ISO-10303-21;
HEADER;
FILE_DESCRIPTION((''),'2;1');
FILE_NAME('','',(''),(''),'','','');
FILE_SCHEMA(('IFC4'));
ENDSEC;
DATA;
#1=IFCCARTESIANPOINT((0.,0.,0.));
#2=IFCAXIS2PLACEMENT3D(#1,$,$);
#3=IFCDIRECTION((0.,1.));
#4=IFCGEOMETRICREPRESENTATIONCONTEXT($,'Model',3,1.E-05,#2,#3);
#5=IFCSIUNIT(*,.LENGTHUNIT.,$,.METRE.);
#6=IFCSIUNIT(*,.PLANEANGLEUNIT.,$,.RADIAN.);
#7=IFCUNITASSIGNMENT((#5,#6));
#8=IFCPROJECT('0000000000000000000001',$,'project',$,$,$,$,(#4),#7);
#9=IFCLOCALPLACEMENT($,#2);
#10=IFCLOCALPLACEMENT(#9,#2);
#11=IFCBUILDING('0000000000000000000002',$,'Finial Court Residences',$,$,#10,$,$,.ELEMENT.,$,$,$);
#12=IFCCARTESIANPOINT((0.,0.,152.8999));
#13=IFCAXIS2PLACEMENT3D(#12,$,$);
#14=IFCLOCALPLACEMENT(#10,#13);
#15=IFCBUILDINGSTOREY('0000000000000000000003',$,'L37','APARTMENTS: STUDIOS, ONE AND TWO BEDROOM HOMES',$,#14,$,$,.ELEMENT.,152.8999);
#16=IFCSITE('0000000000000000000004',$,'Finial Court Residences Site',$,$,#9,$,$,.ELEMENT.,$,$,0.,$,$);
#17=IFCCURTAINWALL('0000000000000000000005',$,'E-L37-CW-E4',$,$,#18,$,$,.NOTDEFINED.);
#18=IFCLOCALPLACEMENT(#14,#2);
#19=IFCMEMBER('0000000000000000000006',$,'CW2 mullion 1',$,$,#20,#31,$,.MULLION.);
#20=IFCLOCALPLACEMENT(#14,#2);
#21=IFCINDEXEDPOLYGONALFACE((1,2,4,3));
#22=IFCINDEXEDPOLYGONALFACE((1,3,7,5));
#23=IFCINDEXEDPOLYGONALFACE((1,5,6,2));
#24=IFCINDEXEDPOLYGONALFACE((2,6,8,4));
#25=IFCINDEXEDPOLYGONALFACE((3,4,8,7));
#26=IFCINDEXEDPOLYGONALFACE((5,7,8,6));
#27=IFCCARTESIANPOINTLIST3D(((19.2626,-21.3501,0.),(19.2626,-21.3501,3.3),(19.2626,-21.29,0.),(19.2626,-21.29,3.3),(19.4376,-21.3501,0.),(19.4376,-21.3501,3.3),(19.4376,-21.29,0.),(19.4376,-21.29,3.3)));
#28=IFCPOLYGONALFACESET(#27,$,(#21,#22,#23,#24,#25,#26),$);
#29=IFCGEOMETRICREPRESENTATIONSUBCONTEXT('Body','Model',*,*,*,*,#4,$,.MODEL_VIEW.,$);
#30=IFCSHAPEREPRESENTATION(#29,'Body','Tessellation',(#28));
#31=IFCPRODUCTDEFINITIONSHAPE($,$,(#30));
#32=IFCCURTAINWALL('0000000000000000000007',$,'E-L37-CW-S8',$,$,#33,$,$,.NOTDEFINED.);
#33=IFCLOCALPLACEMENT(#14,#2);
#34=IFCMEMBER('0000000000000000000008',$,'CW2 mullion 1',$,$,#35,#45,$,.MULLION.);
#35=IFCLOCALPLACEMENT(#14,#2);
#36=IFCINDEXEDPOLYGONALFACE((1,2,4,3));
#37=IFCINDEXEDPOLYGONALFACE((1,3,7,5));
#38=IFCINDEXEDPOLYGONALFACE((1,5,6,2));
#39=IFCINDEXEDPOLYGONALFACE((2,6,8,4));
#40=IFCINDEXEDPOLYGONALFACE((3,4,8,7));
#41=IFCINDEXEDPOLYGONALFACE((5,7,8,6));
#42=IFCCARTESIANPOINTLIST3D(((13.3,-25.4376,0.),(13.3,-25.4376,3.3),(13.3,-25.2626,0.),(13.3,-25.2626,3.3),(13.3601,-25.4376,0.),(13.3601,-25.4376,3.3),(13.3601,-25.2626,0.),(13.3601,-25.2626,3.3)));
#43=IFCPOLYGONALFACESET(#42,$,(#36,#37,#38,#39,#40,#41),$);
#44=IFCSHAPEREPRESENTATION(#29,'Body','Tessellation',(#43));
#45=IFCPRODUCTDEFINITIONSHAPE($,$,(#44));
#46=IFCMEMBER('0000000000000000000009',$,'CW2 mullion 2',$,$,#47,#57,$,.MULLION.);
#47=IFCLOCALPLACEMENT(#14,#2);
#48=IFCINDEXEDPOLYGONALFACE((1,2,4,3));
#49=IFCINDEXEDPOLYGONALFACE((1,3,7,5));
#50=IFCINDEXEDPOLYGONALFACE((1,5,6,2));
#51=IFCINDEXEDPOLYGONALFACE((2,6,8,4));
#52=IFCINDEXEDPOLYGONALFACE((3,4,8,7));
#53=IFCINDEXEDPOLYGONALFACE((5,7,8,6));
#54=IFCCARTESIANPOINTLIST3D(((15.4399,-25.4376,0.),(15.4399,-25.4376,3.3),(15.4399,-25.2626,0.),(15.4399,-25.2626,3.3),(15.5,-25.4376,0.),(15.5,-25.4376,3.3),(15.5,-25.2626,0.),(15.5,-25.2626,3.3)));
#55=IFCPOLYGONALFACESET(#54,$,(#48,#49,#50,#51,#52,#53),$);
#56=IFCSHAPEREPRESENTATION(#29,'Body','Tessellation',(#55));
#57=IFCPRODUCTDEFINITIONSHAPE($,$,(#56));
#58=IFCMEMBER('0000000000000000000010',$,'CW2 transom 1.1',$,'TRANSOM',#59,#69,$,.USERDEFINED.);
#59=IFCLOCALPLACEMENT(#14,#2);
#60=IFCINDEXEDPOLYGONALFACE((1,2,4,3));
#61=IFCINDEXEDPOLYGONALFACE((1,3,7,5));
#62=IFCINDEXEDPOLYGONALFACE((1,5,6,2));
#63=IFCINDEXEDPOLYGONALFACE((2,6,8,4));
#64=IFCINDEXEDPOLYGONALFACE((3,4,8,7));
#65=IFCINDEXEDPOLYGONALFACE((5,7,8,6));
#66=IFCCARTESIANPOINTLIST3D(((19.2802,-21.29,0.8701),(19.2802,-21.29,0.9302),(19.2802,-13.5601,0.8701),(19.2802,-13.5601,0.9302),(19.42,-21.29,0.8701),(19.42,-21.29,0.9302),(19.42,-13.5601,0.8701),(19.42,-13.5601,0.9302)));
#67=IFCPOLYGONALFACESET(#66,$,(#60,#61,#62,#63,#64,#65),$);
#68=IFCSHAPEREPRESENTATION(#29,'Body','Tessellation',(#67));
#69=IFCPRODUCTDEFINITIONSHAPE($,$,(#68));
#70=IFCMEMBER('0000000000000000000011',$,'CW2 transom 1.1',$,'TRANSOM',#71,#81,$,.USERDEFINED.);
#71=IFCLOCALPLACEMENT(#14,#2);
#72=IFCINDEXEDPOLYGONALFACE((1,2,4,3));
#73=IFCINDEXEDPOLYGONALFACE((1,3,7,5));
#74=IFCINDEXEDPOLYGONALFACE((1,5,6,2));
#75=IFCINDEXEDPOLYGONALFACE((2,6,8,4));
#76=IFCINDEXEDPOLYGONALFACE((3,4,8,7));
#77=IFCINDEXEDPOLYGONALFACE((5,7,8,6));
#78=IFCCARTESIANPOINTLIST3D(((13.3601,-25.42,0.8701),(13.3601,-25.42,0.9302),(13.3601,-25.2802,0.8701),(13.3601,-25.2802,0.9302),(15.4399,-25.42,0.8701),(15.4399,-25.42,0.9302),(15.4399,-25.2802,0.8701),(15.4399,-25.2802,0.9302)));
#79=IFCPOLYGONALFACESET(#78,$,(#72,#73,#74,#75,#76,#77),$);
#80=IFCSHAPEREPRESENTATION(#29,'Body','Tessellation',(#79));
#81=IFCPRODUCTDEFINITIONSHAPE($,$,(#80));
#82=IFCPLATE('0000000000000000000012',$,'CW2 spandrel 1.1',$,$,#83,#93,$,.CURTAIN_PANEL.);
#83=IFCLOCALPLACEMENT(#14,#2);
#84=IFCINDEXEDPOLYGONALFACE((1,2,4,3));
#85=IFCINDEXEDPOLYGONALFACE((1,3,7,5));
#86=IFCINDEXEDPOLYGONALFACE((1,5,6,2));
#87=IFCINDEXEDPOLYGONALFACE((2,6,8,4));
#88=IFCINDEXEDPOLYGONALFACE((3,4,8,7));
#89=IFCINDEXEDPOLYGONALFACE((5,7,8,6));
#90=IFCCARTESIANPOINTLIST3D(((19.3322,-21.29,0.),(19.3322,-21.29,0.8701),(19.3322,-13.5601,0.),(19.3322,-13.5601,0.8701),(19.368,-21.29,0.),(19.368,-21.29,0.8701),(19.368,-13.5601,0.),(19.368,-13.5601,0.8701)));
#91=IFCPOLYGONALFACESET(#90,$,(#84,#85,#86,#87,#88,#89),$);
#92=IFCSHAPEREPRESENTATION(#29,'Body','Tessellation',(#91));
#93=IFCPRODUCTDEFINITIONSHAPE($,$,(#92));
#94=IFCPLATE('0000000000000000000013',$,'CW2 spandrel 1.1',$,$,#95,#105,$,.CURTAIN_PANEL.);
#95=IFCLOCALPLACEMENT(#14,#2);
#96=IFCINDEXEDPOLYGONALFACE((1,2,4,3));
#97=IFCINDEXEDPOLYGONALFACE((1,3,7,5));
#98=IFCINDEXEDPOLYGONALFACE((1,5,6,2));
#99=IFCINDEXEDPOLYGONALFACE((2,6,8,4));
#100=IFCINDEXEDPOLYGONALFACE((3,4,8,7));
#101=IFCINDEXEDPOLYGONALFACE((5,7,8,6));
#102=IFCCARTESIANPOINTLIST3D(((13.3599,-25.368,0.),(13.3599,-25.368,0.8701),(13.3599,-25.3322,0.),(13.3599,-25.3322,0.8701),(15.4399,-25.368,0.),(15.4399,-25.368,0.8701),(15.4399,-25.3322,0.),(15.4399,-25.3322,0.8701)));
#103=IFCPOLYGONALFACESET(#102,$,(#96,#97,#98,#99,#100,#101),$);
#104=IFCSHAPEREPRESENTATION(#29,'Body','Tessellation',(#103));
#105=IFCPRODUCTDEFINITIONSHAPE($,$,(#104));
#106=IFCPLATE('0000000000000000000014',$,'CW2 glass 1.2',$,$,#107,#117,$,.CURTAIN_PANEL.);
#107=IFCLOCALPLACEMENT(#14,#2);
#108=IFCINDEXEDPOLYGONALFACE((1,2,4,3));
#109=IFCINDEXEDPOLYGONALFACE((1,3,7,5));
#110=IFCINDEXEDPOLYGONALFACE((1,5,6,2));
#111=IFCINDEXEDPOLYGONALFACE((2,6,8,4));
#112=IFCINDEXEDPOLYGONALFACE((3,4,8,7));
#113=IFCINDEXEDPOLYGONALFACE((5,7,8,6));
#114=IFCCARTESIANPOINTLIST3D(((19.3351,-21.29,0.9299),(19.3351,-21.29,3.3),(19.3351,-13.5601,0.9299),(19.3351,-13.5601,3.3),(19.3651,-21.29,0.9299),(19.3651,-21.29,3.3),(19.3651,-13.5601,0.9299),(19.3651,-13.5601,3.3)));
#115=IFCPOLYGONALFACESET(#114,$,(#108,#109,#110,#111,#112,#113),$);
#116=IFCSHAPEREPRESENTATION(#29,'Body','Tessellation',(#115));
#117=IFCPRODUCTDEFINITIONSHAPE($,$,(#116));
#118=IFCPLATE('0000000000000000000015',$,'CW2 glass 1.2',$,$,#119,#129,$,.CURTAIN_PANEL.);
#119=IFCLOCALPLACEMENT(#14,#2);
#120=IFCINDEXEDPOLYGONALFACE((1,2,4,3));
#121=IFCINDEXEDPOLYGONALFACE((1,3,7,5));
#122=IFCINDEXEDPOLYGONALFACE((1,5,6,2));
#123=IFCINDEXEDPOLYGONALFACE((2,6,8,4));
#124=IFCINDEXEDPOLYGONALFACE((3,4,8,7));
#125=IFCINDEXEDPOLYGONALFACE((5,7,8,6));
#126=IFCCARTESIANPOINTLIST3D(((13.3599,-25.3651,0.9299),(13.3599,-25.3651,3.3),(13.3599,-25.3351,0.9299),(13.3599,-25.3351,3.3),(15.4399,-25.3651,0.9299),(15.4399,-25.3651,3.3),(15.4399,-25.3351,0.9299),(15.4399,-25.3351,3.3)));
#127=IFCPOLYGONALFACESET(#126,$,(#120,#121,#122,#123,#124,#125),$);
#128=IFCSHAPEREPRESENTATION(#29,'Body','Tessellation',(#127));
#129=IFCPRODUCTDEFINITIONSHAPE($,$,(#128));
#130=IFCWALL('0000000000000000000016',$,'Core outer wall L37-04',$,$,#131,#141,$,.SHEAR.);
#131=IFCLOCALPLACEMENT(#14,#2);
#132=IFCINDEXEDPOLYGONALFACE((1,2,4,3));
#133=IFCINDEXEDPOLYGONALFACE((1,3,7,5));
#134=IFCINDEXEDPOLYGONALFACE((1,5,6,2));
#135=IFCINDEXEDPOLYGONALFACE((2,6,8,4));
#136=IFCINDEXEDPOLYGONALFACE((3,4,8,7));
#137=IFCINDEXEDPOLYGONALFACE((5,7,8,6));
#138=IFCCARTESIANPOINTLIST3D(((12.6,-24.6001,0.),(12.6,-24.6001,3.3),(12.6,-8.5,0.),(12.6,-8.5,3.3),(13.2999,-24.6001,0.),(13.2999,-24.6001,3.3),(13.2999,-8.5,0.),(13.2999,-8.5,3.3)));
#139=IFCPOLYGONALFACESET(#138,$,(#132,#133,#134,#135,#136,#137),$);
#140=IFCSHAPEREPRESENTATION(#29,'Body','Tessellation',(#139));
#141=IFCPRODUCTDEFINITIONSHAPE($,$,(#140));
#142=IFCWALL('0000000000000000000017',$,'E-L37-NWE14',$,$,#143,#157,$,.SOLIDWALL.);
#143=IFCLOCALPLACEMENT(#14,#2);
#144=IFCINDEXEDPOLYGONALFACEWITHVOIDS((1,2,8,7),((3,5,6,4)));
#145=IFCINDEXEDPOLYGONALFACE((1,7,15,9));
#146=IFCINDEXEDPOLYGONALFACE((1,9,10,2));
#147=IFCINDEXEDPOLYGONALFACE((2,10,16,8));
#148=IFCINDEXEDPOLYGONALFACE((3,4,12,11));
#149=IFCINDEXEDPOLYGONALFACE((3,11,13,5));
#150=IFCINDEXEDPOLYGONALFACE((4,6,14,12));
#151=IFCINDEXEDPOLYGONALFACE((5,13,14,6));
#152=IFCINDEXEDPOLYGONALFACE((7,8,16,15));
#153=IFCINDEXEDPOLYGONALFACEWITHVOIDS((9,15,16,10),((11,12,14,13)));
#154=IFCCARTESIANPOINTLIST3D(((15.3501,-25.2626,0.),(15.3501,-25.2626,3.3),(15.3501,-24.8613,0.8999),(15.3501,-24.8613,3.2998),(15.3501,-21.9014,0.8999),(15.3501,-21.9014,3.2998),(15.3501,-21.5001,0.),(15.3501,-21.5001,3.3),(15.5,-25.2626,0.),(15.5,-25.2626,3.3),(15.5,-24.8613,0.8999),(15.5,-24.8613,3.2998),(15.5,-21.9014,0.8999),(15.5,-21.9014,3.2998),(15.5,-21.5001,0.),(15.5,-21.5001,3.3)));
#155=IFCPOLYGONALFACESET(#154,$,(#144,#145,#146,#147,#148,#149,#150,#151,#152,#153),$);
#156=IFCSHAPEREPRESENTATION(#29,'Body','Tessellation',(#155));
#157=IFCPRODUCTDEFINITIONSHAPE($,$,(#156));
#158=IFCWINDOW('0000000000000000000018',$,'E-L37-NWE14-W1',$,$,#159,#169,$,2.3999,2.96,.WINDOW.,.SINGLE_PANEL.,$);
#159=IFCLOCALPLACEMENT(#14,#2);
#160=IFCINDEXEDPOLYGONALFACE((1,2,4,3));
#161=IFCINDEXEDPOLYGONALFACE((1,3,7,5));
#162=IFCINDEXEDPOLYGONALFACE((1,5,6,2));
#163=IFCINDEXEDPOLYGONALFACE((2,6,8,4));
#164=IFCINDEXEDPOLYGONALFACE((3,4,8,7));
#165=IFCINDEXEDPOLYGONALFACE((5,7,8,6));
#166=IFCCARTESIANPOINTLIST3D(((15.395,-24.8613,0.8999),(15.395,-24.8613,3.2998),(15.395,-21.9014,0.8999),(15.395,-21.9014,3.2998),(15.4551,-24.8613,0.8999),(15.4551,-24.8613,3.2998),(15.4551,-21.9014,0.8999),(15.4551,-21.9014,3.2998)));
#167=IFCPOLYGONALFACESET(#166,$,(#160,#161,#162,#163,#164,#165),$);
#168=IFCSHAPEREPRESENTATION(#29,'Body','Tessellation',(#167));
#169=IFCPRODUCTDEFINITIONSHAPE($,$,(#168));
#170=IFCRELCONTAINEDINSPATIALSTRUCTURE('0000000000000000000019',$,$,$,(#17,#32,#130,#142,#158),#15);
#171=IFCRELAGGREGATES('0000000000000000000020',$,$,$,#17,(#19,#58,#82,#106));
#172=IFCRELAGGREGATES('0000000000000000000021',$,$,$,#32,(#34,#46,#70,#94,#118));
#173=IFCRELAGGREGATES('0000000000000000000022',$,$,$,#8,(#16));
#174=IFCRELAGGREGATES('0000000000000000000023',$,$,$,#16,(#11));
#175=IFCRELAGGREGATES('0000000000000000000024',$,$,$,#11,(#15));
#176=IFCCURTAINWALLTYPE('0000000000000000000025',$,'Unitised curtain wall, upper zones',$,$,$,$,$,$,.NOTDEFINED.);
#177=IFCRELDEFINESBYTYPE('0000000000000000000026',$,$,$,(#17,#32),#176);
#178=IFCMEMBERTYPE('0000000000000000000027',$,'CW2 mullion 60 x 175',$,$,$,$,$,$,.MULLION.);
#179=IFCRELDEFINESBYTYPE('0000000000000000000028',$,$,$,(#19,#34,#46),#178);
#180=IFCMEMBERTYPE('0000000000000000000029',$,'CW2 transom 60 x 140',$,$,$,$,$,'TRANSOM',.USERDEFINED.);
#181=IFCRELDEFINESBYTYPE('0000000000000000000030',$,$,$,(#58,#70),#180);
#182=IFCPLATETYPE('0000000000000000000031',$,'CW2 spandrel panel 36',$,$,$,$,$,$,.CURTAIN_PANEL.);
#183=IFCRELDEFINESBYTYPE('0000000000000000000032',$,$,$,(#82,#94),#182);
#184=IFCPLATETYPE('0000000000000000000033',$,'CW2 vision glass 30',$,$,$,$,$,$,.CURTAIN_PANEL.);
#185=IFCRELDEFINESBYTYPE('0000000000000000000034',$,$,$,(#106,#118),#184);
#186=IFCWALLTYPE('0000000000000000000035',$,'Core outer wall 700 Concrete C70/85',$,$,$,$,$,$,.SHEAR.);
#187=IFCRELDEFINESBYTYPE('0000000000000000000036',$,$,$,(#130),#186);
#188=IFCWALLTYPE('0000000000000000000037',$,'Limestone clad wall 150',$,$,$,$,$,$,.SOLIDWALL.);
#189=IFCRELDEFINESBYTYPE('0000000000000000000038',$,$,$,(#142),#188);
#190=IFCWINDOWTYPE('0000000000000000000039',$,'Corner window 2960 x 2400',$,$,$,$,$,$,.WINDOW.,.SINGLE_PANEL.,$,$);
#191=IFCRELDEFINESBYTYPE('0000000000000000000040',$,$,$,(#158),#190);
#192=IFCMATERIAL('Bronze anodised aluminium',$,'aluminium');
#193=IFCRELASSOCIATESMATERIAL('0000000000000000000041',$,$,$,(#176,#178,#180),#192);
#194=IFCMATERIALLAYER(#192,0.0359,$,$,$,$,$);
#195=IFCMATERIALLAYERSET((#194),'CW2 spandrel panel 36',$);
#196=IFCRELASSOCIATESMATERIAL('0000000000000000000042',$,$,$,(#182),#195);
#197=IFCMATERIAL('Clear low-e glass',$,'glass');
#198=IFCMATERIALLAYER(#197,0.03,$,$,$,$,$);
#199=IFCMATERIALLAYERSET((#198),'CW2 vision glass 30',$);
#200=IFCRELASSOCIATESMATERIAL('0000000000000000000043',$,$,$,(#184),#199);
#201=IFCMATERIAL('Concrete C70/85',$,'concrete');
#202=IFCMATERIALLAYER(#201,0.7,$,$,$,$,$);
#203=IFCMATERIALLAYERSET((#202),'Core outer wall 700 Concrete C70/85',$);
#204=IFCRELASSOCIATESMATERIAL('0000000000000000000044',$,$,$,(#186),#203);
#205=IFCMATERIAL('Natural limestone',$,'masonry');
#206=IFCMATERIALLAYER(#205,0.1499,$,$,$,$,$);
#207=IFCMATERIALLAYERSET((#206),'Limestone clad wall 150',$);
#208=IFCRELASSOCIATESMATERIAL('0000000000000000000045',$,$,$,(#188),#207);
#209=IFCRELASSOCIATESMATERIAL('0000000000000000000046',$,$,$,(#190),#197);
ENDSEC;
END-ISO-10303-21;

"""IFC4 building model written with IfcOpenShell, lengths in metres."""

from ifc_helpers import new_model, si_unit, direction, frame, frame_2d, origin, origin_2d, place, context, subcontext, project, spatial, rectangle, extrude, material, layer, layer_set, material_profile, profile_set, type_object, element, fill, aggregate, save


model = new_model("IFC4")

# Units and contexts
model_context = context("Model", 3, precision=1e-05, world=origin(), true_north=direction((0.0, 1.0)))
body_context = subcontext(model_context, "Body", "Model", "MODEL_VIEW")
ifc_project = project(units=[si_unit("LENGTHUNIT", "METRE"), si_unit("PLANEANGLEUNIT", "RADIAN")], contexts=[model_context])

# Site, building, storey
site_placement = place(None, origin())
site = spatial("IfcSite", under=ifc_project, at=site_placement, Name="Finial Court Residences Site", CompositionType="ELEMENT", RefElevation=0.0)
building_placement = place(site_placement, origin())
building = spatial("IfcBuilding", under=site, at=building_placement, Name="Finial Court Residences", CompositionType="ELEMENT")
storey_placement = place(building_placement, frame((0.0, 0.0, 152.8999)))
storey = spatial("IfcBuildingStorey", under=building, at=storey_placement, Name="L37", Description="APARTMENTS: STUDIOS, ONE AND TWO BEDROOM HOMES", CompositionType="ELEMENT", Elevation=152.8999)

# Curtain wall, member
ifc_material_1 = material(Name="Bronze anodised aluminium", Category="aluminium")
curtain_wall_type = type_object("IfcCurtainWallType", Name="Unitised curtain wall, upper zones", PredefinedType="NOTDEFINED", material=ifc_material_1)
curtain_wall_1_placement = place(storey_placement, origin())
curtain_wall_1 = element("IfcCurtainWall", 1, at=curtain_wall_1_placement, inside=storey, type_object=curtain_wall_type, Name="E-L37-CW-E4", PredefinedType="NOTDEFINED")
ifc_material_profile_1 = material_profile(ifc_material_1, rectangle(XDim=0.175, YDim=0.0601, at=origin_2d()), Name="CW2 mullion 60 x 175")
ifc_profile_set_1 = profile_set([ifc_material_profile_1], Name="Bronze anodised aluminium")
member_type_1 = type_object("IfcMemberType", Name="CW2 mullion 60 x 175", PredefinedType="MULLION", material=ifc_profile_set_1)
member_1_placement = place(storey_placement, frame((19.3501, -21.3201, 0.0), z_axis=(0.0, 0.0, 1.0), x_axis=(-1.0, 0.0, 0.0)))
member_1 = element("IfcMember", 2, at=member_1_placement, type_object=member_type_1, Name="CW2 mullion 1", PredefinedType="MULLION", context=body_context, shape_type="SweptSolid", body=[
    extrude(rectangle(XDim=0.175, YDim=0.0601, at=origin_2d()), origin(), (0.0, 0.0, 1.0), 3.3),
])

# Curtain wall, members
curtain_wall_2_placement = place(storey_placement, origin())
curtain_wall_2 = element("IfcCurtainWall", 3, at=curtain_wall_2_placement, inside=storey, type_object=curtain_wall_type, Name="E-L37-CW-S8", PredefinedType="NOTDEFINED")
member_2_placement = place(storey_placement, frame((13.3301, -25.3501, 0.0), z_axis=(0.0, 0.0, 1.0), x_axis=(0.0, 1.0, 0.0)))
member_2 = element("IfcMember", 4, at=member_2_placement, type_object=member_type_1, Name="CW2 mullion 1", PredefinedType="MULLION", context=body_context, shape_type="SweptSolid", body=[
    extrude(rectangle(XDim=0.175, YDim=0.0601, at=origin_2d()), origin(), (0.0, 0.0, 1.0), 3.3),
])
member_3_placement = place(storey_placement, frame((15.47, -25.3501, 0.0), z_axis=(0.0, 0.0, 1.0), x_axis=(0.0, 1.0, 0.0)))
member_3 = element("IfcMember", 5, at=member_3_placement, type_object=member_type_1, Name="CW2 mullion 2", PredefinedType="MULLION", context=body_context, shape_type="SweptSolid", body=[
    extrude(rectangle(XDim=0.175, YDim=0.0601, at=origin_2d()), origin(), (0.0, 0.0, 1.0), 3.3),
])

# Members
ifc_material_profile_2 = material_profile(ifc_material_1, rectangle(XDim=0.1399, YDim=0.0601, at=origin_2d()), Name="CW2 transom 60 x 140")
ifc_profile_set_2 = profile_set([ifc_material_profile_2], Name="Bronze anodised aluminium")
member_type_2 = type_object("IfcMemberType", Name="CW2 transom 60 x 140", ElementType="TRANSOM", PredefinedType="USERDEFINED", material=ifc_profile_set_2)
member_4_placement = place(storey_placement, frame((19.3501, -21.29, 0.9001), z_axis=(0.0, 1.0, 0.0), x_axis=(-1.0, 0.0, 0.0)))
member_4 = element("IfcMember", 6, at=member_4_placement, type_object=member_type_2, Name="CW2 transom 1.1", ObjectType="TRANSOM", PredefinedType="USERDEFINED", context=body_context, shape_type="SweptSolid", body=[
    extrude(rectangle(XDim=0.1399, YDim=0.0601, at=origin_2d()), origin(), (0.0, 0.0, 1.0), 7.73),
])
member_5_placement = place(storey_placement, frame((13.3601, -25.3501, 0.9001), z_axis=(1.0, 0.0, 0.0), x_axis=(0.0, 1.0, 0.0)))
member_5 = element("IfcMember", 7, at=member_5_placement, type_object=member_type_2, Name="CW2 transom 1.1", ObjectType="TRANSOM", PredefinedType="USERDEFINED", context=body_context, shape_type="SweptSolid", body=[
    extrude(rectangle(XDim=0.1399, YDim=0.0601, at=origin_2d()), origin(), (0.0, 0.0, 1.0), 2.0798),
])

# Plates
ifc_layer_1 = layer(ifc_material_1, 0.0359)
ifc_layer_set_1 = layer_set([ifc_layer_1], Name="CW2 spandrel panel 36")
plate_type_1 = type_object("IfcPlateType", Name="CW2 spandrel panel 36", PredefinedType="CURTAIN_PANEL", material=ifc_layer_set_1)
plate_1_placement = place(storey_placement, frame((19.3501, -17.425, 0.0), z_axis=(0.0, 0.0, 1.0), x_axis=(0.0, 1.0, 0.0)))
plate_1 = element("IfcPlate", 8, at=plate_1_placement, type_object=plate_type_1, Name="CW2 spandrel 1.1", PredefinedType="CURTAIN_PANEL", context=body_context, shape_type="SweptSolid", body=[
    extrude(rectangle(XDim=7.73, YDim=0.0359, at=origin_2d()), origin(), (0.0, 0.0, 1.0), 0.8701),
])
plate_2_placement = place(storey_placement, frame((14.3999, -25.3501, 0.0), z_axis=(0.0, 0.0, 1.0), x_axis=(1.0, 0.0, 0.0)))
plate_2 = element("IfcPlate", 9, at=plate_2_placement, type_object=plate_type_1, Name="CW2 spandrel 1.1", PredefinedType="CURTAIN_PANEL", context=body_context, shape_type="SweptSolid", body=[
    extrude(rectangle(XDim=2.0801, YDim=0.0359, at=origin_2d()), origin(), (0.0, 0.0, 1.0), 0.8701),
])
ifc_material_2 = material(Name="Clear low-e glass", Category="glass")
ifc_layer_2 = layer(ifc_material_2, 0.03)
ifc_layer_set_2 = layer_set([ifc_layer_2], Name="CW2 vision glass 30")
plate_type_2 = type_object("IfcPlateType", Name="CW2 vision glass 30", PredefinedType="CURTAIN_PANEL", material=ifc_layer_set_2)
plate_3_placement = place(storey_placement, frame((19.3501, -17.425, 0.9299), z_axis=(0.0, 0.0, 1.0), x_axis=(0.0, 1.0, 0.0)))
plate_3 = element("IfcPlate", 10, at=plate_3_placement, type_object=plate_type_2, Name="CW2 glass 1.2", PredefinedType="CURTAIN_PANEL", context=body_context, shape_type="SweptSolid", body=[
    extrude(rectangle(XDim=7.73, YDim=0.03, at=origin_2d()), origin(), (0.0, 0.0, 1.0), 2.3701),
])
aggregate(curtain_wall_1, [member_1, member_4, plate_1, plate_3])
plate_4_placement = place(storey_placement, frame((14.3999, -25.3501, 0.9299), z_axis=(0.0, 0.0, 1.0), x_axis=(1.0, 0.0, 0.0)))
plate_4 = element("IfcPlate", 11, at=plate_4_placement, type_object=plate_type_2, Name="CW2 glass 1.2", PredefinedType="CURTAIN_PANEL", context=body_context, shape_type="SweptSolid", body=[
    extrude(rectangle(XDim=2.0801, YDim=0.03, at=origin_2d()), origin(), (0.0, 0.0, 1.0), 2.3701),
])
aggregate(curtain_wall_2, [member_2, member_3, member_5, plate_2, plate_4])

# Wall
ifc_material_3 = material(Name="Concrete C70/85", Category="concrete")
ifc_layer_3 = layer(ifc_material_3, 0.7)
ifc_layer_set_3 = layer_set([ifc_layer_3], Name="Core outer wall 700 Concrete C70/85")
wall_type_1 = type_object("IfcWallType", Name="Core outer wall 700 Concrete C70/85", PredefinedType="SHEAR", material=ifc_layer_set_3)
wall_1_placement = place(storey_placement, frame((12.95, -24.6001, 0.0), z_axis=(0.0, 0.0, 1.0), x_axis=(0.0, 1.0, 0.0)))
element("IfcWall", 12, at=wall_1_placement, inside=storey, type_object=wall_type_1, Name="Core outer wall L37-04", PredefinedType="SHEAR", context=body_context, shape_type="SweptSolid", body=[
    extrude(rectangle(XDim=16.1001, YDim=0.7, at=frame_2d((8.05, 0.0))), origin(), (0.0, 0.0, 1.0), 3.3),
])

# Wall, opening, window
ifc_material_4 = material(Name="Natural limestone", Category="masonry")
ifc_layer_4 = layer(ifc_material_4, 0.1499)
ifc_layer_set_4 = layer_set([ifc_layer_4], Name="Limestone clad wall 150")
wall_type_2 = type_object("IfcWallType", Name="Limestone clad wall 150", PredefinedType="SOLIDWALL", material=ifc_layer_set_4)
wall_2_placement = place(storey_placement, frame((15.425, -21.5, 0.0), z_axis=(0.0, 0.0, 1.0), x_axis=(0.0, -1.0, 0.0)))
wall_2 = element("IfcWall", 13, at=wall_2_placement, inside=storey, type_object=wall_type_2, Name="E-L37-NWE14", PredefinedType="SOLIDWALL", context=body_context, shape_type="SweptSolid", body=[
    extrude(rectangle(XDim=3.7625, YDim=0.1499, at=frame_2d((1.8813, 0.0))), origin(), (0.0, 0.0, 1.0), 3.3),
])
opening_1_placement = place(wall_2_placement, frame((0.4014, 0.0, 0.8999)))
opening_1 = element("IfcOpeningElement", 14, at=opening_1_placement, cuts=wall_2, PredefinedType="OPENING", context=body_context, shape_type="SweptSolid", body=[
    extrude(rectangle(XDim=2.96, YDim=2.3999, at=frame_2d((1.48, 1.2))), frame((0.0, 0.085, 0.0), z_axis=(0.0, -1.0, 0.0), x_axis=(1.0, 0.0, 0.0)), (0.0, 0.0, 1.0), 0.1699),
])
window_type_1 = type_object("IfcWindowType", Name="Corner window 2960 x 2400", PartitioningType="SINGLE_PANEL", PredefinedType="WINDOW", material=ifc_material_2)
window_1_placement = place(opening_1_placement, origin())
window_1 = element("IfcWindow", 15, at=window_1_placement, inside=storey, type_object=window_type_1, Name="E-L37-NWE14-W1", OverallHeight=2.3999, OverallWidth=2.96, PartitioningType="SINGLE_PANEL", PredefinedType="WINDOW", context=body_context, shape_type="SweptSolid", body=[
    extrude(rectangle(XDim=2.96, YDim=2.3999, at=frame_2d((1.48, 1.2))), frame((0.0, 0.03, 0.0), z_axis=(0.0, -1.0, 0.0), x_axis=(1.0, 0.0, 0.0)), (0.0, 0.0, 1.0), 0.0601),
])
fill(opening_1, window_1)

save(model, "model.ifc")
